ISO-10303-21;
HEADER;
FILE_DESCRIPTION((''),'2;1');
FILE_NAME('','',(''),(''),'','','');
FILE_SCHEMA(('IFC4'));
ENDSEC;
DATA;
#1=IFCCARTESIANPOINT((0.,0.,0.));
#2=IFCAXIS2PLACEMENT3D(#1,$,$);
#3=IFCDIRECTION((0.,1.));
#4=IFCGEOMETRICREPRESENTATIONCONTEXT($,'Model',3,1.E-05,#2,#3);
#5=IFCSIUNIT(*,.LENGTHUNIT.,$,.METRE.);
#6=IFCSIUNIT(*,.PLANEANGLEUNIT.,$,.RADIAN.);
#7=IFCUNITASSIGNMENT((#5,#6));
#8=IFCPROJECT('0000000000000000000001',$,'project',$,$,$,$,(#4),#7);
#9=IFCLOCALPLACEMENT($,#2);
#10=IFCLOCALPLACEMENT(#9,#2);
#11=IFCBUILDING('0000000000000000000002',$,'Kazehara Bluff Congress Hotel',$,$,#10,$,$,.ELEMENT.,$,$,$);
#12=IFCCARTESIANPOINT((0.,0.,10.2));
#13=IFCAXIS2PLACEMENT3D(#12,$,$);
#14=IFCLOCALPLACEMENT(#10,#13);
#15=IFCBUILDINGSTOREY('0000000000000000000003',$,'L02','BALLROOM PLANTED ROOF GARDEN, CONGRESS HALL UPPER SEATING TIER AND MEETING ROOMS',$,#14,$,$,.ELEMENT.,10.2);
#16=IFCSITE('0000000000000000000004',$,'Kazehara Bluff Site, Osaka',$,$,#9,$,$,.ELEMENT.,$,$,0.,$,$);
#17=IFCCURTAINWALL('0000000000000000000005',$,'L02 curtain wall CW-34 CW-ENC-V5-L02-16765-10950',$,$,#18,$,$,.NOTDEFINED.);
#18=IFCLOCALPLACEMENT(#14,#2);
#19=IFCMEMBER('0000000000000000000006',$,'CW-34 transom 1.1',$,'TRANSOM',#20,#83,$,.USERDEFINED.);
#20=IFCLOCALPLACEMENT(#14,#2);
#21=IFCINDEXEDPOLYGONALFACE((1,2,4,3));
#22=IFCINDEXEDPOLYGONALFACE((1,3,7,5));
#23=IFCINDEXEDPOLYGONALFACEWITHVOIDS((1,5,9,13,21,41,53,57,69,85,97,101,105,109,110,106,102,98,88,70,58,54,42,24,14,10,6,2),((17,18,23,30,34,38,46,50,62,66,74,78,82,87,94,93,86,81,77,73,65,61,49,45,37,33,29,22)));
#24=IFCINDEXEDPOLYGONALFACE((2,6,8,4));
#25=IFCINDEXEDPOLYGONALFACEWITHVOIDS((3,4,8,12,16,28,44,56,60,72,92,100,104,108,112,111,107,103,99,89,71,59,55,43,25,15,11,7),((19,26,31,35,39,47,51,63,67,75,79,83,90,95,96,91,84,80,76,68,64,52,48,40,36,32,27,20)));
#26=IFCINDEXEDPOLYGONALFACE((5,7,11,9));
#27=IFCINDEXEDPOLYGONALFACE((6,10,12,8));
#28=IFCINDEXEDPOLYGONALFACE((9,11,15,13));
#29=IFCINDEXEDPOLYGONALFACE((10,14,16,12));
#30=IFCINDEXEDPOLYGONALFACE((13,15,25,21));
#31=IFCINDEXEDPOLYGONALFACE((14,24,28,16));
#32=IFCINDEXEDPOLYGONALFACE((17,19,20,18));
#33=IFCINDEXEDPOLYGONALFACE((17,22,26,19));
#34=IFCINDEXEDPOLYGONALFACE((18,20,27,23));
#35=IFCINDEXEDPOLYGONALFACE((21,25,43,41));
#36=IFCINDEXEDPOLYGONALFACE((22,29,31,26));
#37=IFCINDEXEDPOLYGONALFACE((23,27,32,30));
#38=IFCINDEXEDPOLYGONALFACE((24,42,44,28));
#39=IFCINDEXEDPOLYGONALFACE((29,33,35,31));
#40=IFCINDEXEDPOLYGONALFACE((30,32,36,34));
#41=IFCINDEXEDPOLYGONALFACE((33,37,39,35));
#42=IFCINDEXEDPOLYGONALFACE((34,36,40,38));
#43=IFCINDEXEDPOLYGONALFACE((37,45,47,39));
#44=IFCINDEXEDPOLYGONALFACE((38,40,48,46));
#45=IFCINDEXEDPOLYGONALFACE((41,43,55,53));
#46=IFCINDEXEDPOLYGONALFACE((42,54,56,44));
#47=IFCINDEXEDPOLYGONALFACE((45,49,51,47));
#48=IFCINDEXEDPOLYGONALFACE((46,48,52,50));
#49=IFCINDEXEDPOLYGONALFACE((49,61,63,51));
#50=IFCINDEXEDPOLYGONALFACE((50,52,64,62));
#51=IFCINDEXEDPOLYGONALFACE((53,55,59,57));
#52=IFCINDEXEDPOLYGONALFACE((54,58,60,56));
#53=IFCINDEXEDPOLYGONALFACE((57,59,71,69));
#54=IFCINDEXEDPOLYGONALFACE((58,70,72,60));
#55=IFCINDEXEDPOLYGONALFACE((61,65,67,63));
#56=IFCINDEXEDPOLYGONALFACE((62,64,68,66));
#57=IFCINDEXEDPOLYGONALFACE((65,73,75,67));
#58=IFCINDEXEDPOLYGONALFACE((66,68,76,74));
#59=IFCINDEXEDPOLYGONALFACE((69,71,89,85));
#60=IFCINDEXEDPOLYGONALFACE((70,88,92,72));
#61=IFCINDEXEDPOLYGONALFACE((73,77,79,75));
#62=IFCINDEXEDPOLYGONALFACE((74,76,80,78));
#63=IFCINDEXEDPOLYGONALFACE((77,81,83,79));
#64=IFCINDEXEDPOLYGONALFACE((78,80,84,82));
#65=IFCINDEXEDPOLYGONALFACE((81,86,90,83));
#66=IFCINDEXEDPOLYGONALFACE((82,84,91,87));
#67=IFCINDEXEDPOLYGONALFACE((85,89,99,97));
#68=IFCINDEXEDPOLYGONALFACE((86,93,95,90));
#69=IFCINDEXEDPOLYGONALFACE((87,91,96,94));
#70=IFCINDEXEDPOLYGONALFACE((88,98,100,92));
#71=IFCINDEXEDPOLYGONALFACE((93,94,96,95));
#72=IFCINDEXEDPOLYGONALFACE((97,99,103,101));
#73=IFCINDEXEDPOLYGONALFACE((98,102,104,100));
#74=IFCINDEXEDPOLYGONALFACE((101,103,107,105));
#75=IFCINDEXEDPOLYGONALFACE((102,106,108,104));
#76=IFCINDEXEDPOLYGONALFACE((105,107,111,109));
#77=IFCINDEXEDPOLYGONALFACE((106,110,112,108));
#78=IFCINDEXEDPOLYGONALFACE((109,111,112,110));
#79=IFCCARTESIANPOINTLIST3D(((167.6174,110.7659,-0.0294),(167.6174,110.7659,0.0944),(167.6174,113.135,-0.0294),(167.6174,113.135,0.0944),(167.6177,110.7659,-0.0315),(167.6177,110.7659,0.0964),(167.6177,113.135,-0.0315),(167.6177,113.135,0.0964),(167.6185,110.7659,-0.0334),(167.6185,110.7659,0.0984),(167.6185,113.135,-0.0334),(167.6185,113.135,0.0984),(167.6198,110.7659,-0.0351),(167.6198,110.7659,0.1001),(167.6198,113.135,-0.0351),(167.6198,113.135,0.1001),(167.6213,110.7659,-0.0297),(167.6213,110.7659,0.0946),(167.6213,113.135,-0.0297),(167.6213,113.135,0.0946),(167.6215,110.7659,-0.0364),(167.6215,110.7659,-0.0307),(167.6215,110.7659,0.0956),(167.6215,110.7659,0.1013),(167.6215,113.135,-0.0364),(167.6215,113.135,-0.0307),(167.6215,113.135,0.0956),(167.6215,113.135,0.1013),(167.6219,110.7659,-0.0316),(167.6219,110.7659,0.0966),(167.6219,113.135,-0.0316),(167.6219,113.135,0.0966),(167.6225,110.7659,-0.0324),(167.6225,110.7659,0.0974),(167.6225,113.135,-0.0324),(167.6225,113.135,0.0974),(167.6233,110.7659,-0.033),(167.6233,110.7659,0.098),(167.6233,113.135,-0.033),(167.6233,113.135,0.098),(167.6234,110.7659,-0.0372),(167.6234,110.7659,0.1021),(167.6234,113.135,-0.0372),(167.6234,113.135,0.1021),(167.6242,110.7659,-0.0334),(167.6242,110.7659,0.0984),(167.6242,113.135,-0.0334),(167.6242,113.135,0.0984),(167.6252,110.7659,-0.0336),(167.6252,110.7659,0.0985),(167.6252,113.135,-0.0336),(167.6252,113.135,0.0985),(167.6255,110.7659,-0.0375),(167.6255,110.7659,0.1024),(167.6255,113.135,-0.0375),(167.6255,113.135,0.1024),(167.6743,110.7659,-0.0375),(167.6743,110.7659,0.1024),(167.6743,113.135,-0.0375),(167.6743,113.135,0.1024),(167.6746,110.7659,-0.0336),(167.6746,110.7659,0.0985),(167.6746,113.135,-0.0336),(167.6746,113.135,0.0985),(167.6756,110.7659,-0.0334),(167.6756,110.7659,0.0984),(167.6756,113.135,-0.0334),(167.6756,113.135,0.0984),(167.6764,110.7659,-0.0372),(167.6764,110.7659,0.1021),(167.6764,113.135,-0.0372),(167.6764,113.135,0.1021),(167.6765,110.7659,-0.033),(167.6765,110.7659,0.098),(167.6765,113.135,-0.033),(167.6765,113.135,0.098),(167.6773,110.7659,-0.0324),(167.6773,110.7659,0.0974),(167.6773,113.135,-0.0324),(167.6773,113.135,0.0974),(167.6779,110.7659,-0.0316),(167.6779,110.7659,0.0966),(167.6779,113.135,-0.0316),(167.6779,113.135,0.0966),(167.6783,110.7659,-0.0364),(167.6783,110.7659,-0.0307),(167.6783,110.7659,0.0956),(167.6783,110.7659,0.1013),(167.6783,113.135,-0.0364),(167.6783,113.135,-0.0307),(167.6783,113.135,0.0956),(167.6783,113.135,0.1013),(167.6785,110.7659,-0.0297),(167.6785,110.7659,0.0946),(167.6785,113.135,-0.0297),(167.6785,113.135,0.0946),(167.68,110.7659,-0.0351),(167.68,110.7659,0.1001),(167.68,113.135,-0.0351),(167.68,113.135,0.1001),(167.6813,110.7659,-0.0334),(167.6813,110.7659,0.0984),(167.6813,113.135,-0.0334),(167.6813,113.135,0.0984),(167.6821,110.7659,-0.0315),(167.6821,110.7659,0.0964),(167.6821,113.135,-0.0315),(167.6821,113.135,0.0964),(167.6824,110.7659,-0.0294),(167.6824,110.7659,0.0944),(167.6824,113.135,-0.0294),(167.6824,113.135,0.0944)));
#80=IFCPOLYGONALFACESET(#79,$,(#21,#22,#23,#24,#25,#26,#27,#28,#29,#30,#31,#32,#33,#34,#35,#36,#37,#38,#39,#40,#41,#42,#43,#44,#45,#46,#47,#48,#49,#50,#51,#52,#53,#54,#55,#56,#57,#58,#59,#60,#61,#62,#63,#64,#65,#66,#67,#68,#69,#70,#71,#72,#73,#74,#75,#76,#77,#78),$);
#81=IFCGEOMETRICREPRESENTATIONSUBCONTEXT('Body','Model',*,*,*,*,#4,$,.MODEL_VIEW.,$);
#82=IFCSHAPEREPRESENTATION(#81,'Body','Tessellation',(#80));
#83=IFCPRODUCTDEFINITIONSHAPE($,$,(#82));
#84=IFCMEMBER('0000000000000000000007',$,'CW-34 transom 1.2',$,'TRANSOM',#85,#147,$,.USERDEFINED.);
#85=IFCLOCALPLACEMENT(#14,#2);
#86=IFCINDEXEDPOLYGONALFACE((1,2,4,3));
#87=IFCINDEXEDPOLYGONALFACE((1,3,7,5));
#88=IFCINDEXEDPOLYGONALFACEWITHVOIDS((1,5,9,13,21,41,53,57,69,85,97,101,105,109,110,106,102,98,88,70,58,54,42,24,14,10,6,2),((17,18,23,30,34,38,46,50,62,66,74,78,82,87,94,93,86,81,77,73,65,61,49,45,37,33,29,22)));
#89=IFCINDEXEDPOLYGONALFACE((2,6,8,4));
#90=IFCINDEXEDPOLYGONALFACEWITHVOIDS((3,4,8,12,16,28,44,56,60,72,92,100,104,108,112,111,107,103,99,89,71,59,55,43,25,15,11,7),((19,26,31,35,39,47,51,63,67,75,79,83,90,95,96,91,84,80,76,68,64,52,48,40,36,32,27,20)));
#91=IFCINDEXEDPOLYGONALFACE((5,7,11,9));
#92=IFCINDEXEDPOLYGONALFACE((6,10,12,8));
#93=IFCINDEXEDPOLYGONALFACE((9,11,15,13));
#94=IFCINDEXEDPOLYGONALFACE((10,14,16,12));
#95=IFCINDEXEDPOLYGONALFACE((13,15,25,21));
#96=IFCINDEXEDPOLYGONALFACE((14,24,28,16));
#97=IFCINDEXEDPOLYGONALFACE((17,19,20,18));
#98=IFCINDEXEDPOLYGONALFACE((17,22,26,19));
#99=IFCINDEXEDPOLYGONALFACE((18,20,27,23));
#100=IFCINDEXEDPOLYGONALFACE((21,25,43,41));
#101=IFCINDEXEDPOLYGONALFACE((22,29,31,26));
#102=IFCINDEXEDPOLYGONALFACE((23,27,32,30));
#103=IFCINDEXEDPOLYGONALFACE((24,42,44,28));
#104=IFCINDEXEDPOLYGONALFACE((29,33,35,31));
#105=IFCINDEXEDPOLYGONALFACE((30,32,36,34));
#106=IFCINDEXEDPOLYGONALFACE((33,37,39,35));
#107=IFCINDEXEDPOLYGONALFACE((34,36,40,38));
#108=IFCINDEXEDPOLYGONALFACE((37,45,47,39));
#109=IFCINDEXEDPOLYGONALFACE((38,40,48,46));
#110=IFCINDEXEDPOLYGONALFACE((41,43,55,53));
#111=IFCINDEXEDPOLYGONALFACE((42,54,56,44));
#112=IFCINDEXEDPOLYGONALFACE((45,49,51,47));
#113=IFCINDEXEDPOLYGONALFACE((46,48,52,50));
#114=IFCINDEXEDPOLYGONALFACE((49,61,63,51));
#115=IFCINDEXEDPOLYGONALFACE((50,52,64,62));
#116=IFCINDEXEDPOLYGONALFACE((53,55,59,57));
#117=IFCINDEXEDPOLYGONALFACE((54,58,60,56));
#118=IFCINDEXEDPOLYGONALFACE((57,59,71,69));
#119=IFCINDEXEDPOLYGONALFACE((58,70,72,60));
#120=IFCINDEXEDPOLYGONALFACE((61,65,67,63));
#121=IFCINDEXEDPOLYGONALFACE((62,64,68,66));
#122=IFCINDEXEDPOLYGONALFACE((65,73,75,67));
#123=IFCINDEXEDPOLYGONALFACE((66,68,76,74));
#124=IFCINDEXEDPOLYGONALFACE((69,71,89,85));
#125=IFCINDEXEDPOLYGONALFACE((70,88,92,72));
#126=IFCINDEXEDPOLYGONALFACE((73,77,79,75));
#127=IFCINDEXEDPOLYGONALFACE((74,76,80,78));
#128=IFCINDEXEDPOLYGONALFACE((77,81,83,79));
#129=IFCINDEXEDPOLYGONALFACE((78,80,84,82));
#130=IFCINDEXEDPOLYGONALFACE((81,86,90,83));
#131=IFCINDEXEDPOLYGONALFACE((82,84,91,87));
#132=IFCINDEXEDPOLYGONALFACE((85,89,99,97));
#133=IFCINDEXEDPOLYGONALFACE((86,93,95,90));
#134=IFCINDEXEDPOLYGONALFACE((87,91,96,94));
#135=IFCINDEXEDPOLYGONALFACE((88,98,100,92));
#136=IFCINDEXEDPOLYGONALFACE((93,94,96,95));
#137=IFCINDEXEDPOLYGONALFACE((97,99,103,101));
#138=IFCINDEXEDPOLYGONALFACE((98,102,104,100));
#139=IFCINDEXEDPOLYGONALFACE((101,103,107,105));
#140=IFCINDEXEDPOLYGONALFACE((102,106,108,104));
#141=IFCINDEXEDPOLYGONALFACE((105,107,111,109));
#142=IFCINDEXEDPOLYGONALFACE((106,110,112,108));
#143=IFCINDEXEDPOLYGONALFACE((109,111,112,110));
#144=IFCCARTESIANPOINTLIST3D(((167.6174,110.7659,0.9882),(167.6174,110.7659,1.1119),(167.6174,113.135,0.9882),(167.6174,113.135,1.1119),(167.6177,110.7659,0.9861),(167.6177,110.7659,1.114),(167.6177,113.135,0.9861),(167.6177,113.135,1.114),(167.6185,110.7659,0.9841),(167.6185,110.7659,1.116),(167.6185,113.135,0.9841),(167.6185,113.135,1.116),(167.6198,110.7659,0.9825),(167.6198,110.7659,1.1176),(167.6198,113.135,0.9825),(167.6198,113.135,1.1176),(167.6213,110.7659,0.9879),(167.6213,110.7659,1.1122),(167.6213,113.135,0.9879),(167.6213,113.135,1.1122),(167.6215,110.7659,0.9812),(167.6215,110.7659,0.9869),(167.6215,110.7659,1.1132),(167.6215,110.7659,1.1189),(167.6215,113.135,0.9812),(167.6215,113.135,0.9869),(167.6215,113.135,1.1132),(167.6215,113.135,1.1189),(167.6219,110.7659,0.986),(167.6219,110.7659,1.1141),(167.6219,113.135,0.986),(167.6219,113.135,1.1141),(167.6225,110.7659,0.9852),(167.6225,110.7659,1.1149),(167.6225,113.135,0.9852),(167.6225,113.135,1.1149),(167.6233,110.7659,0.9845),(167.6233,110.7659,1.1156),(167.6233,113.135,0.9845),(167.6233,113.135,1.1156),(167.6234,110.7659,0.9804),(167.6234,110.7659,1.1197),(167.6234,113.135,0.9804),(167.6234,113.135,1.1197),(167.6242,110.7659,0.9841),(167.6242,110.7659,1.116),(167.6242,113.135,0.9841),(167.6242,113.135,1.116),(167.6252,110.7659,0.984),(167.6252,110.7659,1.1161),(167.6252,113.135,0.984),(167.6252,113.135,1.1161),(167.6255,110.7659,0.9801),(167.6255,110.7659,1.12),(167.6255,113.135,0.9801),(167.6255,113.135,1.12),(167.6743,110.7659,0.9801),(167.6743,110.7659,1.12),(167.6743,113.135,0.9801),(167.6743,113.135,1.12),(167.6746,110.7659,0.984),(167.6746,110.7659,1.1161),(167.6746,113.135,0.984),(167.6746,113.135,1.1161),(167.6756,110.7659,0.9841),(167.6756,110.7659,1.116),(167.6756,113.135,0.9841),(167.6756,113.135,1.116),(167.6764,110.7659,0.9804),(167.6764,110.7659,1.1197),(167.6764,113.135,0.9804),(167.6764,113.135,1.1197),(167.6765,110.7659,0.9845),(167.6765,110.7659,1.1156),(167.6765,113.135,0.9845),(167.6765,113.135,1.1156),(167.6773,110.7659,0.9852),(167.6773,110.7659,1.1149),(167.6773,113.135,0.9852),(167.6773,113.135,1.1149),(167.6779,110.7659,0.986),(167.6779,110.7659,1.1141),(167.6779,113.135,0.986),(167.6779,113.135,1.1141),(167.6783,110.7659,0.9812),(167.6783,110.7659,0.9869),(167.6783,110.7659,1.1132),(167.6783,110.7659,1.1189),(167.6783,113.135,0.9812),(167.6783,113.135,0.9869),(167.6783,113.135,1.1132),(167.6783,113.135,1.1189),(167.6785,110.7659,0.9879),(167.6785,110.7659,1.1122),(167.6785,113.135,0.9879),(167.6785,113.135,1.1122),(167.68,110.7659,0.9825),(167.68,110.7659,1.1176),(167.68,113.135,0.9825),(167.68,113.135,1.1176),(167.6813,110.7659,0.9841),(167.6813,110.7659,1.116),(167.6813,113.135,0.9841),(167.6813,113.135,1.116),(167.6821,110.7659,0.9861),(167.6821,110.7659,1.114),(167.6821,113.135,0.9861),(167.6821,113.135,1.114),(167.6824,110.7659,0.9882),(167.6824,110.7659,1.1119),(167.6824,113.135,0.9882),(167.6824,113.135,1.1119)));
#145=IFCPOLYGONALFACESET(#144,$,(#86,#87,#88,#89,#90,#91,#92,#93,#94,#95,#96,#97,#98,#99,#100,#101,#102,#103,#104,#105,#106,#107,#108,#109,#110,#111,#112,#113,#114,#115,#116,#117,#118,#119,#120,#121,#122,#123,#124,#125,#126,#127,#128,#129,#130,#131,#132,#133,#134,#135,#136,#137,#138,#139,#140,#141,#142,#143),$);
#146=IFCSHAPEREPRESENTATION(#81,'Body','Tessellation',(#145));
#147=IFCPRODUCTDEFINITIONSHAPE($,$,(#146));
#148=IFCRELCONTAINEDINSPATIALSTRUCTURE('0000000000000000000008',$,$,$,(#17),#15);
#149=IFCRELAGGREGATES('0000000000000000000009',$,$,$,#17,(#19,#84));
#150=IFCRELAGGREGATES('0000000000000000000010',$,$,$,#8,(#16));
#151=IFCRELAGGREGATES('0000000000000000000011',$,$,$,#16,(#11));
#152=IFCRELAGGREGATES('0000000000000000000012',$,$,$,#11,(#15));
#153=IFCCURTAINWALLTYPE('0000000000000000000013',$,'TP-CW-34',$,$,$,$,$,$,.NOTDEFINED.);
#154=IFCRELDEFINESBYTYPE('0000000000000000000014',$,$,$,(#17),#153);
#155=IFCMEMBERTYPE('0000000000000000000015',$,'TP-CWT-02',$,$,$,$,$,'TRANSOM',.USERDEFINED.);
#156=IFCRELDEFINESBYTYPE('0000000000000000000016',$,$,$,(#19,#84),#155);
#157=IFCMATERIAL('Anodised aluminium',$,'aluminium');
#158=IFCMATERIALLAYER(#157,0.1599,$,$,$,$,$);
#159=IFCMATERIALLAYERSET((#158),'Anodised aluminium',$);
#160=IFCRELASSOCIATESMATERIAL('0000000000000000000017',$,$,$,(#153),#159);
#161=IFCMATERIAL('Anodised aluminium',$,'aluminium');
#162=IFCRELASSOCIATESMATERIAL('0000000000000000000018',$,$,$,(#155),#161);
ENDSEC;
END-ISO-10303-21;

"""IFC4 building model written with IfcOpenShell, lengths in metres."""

from ifc_helpers import new_model, si_unit, direction, frame, origin, origin_2d, place, context, subcontext, project, spatial, hollow_rectangle, extrude, material, layer, layer_set, material_profile, profile_set, type_object, element, aggregate, save


model = new_model("IFC4")

# Units and contexts
model_context = context("Model", 3, precision=1e-05, world=origin(), true_north=direction((0.0, 1.0)))
body_context = subcontext(model_context, "Body", "Model", "MODEL_VIEW")
ifc_project = project(units=[si_unit("LENGTHUNIT", "METRE"), si_unit("PLANEANGLEUNIT", "RADIAN")], contexts=[model_context])

# Site, building, storey
site_placement = place(None, origin())
site = spatial("IfcSite", under=ifc_project, at=site_placement, Name="Kazehara Bluff Site, Osaka", CompositionType="ELEMENT", RefElevation=0.0)
building_placement = place(site_placement, origin())
building = spatial("IfcBuilding", under=site, at=building_placement, Name="Kazehara Bluff Congress Hotel", CompositionType="ELEMENT")
storey_placement = place(building_placement, frame((0.0, 0.0, 10.2)))
storey = spatial("IfcBuildingStorey", under=building, at=storey_placement, Name="L02", Description="BALLROOM PLANTED ROOF GARDEN, CONGRESS HALL UPPER SEATING TIER AND MEETING ROOMS", CompositionType="ELEMENT", Elevation=10.2)

# Curtain wall
ifc_material_1 = material(Name="Anodised aluminium", Category="aluminium")
ifc_layer_1 = layer(ifc_material_1, 0.1599)
ifc_layer_set_1 = layer_set([ifc_layer_1], Name="Anodised aluminium")
curtain_wall_type_1 = type_object("IfcCurtainWallType", Name="TP-CW-34", PredefinedType="NOTDEFINED", material=ifc_layer_set_1)
curtain_wall_1_placement = place(storey_placement, origin())
curtain_wall_1 = element("IfcCurtainWall", 1, at=curtain_wall_1_placement, inside=storey, type_object=curtain_wall_type_1, Name="L02 curtain wall CW-34 CW-ENC-V5-L02-16765-10950", PredefinedType="NOTDEFINED")

# Members
ifc_material_2 = material(Name="Anodised aluminium", Category="aluminium")
ifc_material_profile_1 = material_profile(ifc_material_2, hollow_rectangle(XDim=0.0649, YDim=0.1399, WallThickness=0.0039, InnerFilletRadius=0.0039, OuterFilletRadius=0.0081, at=origin_2d()))
ifc_profile_set_1 = profile_set([ifc_material_profile_1], Name="Anodised aluminium")
member_type_1 = type_object("IfcMemberType", Name="TP-CWT-02", ElementType="TRANSOM", PredefinedType="USERDEFINED", material=ifc_profile_set_1)
member_1_placement = place(storey_placement, frame((167.6499, 113.135, 0.0325), z_axis=(0.0, -1.0, 0.0), x_axis=(1.0, 0.0, 0.0)))
member_1 = element("IfcMember", 2, at=member_1_placement, type_object=member_type_1, Name="CW-34 transom 1.1", ObjectType="TRANSOM", PredefinedType="USERDEFINED", context=body_context, shape_type="SweptSolid", body=[
    extrude(hollow_rectangle(XDim=0.0649, YDim=0.1399, WallThickness=0.0039, InnerFilletRadius=0.0039, OuterFilletRadius=0.0081, at=origin_2d()), origin(), (0.0, 0.0, 1.0), 2.3691),
])
member_2_placement = place(storey_placement, frame((167.6499, 113.135, 1.05), z_axis=(0.0, -1.0, 0.0), x_axis=(1.0, 0.0, 0.0)))
member_2 = element("IfcMember", 3, at=member_2_placement, type_object=member_type_1, Name="CW-34 transom 1.2", ObjectType="TRANSOM", PredefinedType="USERDEFINED", context=body_context, shape_type="SweptSolid", body=[
    extrude(hollow_rectangle(XDim=0.0649, YDim=0.1399, WallThickness=0.0039, InnerFilletRadius=0.0039, OuterFilletRadius=0.0081, at=origin_2d()), origin(), (0.0, 0.0, 1.0), 2.3691),
])

aggregate(curtain_wall_1, [member_1, member_2])

save(model, "model.ifc")
